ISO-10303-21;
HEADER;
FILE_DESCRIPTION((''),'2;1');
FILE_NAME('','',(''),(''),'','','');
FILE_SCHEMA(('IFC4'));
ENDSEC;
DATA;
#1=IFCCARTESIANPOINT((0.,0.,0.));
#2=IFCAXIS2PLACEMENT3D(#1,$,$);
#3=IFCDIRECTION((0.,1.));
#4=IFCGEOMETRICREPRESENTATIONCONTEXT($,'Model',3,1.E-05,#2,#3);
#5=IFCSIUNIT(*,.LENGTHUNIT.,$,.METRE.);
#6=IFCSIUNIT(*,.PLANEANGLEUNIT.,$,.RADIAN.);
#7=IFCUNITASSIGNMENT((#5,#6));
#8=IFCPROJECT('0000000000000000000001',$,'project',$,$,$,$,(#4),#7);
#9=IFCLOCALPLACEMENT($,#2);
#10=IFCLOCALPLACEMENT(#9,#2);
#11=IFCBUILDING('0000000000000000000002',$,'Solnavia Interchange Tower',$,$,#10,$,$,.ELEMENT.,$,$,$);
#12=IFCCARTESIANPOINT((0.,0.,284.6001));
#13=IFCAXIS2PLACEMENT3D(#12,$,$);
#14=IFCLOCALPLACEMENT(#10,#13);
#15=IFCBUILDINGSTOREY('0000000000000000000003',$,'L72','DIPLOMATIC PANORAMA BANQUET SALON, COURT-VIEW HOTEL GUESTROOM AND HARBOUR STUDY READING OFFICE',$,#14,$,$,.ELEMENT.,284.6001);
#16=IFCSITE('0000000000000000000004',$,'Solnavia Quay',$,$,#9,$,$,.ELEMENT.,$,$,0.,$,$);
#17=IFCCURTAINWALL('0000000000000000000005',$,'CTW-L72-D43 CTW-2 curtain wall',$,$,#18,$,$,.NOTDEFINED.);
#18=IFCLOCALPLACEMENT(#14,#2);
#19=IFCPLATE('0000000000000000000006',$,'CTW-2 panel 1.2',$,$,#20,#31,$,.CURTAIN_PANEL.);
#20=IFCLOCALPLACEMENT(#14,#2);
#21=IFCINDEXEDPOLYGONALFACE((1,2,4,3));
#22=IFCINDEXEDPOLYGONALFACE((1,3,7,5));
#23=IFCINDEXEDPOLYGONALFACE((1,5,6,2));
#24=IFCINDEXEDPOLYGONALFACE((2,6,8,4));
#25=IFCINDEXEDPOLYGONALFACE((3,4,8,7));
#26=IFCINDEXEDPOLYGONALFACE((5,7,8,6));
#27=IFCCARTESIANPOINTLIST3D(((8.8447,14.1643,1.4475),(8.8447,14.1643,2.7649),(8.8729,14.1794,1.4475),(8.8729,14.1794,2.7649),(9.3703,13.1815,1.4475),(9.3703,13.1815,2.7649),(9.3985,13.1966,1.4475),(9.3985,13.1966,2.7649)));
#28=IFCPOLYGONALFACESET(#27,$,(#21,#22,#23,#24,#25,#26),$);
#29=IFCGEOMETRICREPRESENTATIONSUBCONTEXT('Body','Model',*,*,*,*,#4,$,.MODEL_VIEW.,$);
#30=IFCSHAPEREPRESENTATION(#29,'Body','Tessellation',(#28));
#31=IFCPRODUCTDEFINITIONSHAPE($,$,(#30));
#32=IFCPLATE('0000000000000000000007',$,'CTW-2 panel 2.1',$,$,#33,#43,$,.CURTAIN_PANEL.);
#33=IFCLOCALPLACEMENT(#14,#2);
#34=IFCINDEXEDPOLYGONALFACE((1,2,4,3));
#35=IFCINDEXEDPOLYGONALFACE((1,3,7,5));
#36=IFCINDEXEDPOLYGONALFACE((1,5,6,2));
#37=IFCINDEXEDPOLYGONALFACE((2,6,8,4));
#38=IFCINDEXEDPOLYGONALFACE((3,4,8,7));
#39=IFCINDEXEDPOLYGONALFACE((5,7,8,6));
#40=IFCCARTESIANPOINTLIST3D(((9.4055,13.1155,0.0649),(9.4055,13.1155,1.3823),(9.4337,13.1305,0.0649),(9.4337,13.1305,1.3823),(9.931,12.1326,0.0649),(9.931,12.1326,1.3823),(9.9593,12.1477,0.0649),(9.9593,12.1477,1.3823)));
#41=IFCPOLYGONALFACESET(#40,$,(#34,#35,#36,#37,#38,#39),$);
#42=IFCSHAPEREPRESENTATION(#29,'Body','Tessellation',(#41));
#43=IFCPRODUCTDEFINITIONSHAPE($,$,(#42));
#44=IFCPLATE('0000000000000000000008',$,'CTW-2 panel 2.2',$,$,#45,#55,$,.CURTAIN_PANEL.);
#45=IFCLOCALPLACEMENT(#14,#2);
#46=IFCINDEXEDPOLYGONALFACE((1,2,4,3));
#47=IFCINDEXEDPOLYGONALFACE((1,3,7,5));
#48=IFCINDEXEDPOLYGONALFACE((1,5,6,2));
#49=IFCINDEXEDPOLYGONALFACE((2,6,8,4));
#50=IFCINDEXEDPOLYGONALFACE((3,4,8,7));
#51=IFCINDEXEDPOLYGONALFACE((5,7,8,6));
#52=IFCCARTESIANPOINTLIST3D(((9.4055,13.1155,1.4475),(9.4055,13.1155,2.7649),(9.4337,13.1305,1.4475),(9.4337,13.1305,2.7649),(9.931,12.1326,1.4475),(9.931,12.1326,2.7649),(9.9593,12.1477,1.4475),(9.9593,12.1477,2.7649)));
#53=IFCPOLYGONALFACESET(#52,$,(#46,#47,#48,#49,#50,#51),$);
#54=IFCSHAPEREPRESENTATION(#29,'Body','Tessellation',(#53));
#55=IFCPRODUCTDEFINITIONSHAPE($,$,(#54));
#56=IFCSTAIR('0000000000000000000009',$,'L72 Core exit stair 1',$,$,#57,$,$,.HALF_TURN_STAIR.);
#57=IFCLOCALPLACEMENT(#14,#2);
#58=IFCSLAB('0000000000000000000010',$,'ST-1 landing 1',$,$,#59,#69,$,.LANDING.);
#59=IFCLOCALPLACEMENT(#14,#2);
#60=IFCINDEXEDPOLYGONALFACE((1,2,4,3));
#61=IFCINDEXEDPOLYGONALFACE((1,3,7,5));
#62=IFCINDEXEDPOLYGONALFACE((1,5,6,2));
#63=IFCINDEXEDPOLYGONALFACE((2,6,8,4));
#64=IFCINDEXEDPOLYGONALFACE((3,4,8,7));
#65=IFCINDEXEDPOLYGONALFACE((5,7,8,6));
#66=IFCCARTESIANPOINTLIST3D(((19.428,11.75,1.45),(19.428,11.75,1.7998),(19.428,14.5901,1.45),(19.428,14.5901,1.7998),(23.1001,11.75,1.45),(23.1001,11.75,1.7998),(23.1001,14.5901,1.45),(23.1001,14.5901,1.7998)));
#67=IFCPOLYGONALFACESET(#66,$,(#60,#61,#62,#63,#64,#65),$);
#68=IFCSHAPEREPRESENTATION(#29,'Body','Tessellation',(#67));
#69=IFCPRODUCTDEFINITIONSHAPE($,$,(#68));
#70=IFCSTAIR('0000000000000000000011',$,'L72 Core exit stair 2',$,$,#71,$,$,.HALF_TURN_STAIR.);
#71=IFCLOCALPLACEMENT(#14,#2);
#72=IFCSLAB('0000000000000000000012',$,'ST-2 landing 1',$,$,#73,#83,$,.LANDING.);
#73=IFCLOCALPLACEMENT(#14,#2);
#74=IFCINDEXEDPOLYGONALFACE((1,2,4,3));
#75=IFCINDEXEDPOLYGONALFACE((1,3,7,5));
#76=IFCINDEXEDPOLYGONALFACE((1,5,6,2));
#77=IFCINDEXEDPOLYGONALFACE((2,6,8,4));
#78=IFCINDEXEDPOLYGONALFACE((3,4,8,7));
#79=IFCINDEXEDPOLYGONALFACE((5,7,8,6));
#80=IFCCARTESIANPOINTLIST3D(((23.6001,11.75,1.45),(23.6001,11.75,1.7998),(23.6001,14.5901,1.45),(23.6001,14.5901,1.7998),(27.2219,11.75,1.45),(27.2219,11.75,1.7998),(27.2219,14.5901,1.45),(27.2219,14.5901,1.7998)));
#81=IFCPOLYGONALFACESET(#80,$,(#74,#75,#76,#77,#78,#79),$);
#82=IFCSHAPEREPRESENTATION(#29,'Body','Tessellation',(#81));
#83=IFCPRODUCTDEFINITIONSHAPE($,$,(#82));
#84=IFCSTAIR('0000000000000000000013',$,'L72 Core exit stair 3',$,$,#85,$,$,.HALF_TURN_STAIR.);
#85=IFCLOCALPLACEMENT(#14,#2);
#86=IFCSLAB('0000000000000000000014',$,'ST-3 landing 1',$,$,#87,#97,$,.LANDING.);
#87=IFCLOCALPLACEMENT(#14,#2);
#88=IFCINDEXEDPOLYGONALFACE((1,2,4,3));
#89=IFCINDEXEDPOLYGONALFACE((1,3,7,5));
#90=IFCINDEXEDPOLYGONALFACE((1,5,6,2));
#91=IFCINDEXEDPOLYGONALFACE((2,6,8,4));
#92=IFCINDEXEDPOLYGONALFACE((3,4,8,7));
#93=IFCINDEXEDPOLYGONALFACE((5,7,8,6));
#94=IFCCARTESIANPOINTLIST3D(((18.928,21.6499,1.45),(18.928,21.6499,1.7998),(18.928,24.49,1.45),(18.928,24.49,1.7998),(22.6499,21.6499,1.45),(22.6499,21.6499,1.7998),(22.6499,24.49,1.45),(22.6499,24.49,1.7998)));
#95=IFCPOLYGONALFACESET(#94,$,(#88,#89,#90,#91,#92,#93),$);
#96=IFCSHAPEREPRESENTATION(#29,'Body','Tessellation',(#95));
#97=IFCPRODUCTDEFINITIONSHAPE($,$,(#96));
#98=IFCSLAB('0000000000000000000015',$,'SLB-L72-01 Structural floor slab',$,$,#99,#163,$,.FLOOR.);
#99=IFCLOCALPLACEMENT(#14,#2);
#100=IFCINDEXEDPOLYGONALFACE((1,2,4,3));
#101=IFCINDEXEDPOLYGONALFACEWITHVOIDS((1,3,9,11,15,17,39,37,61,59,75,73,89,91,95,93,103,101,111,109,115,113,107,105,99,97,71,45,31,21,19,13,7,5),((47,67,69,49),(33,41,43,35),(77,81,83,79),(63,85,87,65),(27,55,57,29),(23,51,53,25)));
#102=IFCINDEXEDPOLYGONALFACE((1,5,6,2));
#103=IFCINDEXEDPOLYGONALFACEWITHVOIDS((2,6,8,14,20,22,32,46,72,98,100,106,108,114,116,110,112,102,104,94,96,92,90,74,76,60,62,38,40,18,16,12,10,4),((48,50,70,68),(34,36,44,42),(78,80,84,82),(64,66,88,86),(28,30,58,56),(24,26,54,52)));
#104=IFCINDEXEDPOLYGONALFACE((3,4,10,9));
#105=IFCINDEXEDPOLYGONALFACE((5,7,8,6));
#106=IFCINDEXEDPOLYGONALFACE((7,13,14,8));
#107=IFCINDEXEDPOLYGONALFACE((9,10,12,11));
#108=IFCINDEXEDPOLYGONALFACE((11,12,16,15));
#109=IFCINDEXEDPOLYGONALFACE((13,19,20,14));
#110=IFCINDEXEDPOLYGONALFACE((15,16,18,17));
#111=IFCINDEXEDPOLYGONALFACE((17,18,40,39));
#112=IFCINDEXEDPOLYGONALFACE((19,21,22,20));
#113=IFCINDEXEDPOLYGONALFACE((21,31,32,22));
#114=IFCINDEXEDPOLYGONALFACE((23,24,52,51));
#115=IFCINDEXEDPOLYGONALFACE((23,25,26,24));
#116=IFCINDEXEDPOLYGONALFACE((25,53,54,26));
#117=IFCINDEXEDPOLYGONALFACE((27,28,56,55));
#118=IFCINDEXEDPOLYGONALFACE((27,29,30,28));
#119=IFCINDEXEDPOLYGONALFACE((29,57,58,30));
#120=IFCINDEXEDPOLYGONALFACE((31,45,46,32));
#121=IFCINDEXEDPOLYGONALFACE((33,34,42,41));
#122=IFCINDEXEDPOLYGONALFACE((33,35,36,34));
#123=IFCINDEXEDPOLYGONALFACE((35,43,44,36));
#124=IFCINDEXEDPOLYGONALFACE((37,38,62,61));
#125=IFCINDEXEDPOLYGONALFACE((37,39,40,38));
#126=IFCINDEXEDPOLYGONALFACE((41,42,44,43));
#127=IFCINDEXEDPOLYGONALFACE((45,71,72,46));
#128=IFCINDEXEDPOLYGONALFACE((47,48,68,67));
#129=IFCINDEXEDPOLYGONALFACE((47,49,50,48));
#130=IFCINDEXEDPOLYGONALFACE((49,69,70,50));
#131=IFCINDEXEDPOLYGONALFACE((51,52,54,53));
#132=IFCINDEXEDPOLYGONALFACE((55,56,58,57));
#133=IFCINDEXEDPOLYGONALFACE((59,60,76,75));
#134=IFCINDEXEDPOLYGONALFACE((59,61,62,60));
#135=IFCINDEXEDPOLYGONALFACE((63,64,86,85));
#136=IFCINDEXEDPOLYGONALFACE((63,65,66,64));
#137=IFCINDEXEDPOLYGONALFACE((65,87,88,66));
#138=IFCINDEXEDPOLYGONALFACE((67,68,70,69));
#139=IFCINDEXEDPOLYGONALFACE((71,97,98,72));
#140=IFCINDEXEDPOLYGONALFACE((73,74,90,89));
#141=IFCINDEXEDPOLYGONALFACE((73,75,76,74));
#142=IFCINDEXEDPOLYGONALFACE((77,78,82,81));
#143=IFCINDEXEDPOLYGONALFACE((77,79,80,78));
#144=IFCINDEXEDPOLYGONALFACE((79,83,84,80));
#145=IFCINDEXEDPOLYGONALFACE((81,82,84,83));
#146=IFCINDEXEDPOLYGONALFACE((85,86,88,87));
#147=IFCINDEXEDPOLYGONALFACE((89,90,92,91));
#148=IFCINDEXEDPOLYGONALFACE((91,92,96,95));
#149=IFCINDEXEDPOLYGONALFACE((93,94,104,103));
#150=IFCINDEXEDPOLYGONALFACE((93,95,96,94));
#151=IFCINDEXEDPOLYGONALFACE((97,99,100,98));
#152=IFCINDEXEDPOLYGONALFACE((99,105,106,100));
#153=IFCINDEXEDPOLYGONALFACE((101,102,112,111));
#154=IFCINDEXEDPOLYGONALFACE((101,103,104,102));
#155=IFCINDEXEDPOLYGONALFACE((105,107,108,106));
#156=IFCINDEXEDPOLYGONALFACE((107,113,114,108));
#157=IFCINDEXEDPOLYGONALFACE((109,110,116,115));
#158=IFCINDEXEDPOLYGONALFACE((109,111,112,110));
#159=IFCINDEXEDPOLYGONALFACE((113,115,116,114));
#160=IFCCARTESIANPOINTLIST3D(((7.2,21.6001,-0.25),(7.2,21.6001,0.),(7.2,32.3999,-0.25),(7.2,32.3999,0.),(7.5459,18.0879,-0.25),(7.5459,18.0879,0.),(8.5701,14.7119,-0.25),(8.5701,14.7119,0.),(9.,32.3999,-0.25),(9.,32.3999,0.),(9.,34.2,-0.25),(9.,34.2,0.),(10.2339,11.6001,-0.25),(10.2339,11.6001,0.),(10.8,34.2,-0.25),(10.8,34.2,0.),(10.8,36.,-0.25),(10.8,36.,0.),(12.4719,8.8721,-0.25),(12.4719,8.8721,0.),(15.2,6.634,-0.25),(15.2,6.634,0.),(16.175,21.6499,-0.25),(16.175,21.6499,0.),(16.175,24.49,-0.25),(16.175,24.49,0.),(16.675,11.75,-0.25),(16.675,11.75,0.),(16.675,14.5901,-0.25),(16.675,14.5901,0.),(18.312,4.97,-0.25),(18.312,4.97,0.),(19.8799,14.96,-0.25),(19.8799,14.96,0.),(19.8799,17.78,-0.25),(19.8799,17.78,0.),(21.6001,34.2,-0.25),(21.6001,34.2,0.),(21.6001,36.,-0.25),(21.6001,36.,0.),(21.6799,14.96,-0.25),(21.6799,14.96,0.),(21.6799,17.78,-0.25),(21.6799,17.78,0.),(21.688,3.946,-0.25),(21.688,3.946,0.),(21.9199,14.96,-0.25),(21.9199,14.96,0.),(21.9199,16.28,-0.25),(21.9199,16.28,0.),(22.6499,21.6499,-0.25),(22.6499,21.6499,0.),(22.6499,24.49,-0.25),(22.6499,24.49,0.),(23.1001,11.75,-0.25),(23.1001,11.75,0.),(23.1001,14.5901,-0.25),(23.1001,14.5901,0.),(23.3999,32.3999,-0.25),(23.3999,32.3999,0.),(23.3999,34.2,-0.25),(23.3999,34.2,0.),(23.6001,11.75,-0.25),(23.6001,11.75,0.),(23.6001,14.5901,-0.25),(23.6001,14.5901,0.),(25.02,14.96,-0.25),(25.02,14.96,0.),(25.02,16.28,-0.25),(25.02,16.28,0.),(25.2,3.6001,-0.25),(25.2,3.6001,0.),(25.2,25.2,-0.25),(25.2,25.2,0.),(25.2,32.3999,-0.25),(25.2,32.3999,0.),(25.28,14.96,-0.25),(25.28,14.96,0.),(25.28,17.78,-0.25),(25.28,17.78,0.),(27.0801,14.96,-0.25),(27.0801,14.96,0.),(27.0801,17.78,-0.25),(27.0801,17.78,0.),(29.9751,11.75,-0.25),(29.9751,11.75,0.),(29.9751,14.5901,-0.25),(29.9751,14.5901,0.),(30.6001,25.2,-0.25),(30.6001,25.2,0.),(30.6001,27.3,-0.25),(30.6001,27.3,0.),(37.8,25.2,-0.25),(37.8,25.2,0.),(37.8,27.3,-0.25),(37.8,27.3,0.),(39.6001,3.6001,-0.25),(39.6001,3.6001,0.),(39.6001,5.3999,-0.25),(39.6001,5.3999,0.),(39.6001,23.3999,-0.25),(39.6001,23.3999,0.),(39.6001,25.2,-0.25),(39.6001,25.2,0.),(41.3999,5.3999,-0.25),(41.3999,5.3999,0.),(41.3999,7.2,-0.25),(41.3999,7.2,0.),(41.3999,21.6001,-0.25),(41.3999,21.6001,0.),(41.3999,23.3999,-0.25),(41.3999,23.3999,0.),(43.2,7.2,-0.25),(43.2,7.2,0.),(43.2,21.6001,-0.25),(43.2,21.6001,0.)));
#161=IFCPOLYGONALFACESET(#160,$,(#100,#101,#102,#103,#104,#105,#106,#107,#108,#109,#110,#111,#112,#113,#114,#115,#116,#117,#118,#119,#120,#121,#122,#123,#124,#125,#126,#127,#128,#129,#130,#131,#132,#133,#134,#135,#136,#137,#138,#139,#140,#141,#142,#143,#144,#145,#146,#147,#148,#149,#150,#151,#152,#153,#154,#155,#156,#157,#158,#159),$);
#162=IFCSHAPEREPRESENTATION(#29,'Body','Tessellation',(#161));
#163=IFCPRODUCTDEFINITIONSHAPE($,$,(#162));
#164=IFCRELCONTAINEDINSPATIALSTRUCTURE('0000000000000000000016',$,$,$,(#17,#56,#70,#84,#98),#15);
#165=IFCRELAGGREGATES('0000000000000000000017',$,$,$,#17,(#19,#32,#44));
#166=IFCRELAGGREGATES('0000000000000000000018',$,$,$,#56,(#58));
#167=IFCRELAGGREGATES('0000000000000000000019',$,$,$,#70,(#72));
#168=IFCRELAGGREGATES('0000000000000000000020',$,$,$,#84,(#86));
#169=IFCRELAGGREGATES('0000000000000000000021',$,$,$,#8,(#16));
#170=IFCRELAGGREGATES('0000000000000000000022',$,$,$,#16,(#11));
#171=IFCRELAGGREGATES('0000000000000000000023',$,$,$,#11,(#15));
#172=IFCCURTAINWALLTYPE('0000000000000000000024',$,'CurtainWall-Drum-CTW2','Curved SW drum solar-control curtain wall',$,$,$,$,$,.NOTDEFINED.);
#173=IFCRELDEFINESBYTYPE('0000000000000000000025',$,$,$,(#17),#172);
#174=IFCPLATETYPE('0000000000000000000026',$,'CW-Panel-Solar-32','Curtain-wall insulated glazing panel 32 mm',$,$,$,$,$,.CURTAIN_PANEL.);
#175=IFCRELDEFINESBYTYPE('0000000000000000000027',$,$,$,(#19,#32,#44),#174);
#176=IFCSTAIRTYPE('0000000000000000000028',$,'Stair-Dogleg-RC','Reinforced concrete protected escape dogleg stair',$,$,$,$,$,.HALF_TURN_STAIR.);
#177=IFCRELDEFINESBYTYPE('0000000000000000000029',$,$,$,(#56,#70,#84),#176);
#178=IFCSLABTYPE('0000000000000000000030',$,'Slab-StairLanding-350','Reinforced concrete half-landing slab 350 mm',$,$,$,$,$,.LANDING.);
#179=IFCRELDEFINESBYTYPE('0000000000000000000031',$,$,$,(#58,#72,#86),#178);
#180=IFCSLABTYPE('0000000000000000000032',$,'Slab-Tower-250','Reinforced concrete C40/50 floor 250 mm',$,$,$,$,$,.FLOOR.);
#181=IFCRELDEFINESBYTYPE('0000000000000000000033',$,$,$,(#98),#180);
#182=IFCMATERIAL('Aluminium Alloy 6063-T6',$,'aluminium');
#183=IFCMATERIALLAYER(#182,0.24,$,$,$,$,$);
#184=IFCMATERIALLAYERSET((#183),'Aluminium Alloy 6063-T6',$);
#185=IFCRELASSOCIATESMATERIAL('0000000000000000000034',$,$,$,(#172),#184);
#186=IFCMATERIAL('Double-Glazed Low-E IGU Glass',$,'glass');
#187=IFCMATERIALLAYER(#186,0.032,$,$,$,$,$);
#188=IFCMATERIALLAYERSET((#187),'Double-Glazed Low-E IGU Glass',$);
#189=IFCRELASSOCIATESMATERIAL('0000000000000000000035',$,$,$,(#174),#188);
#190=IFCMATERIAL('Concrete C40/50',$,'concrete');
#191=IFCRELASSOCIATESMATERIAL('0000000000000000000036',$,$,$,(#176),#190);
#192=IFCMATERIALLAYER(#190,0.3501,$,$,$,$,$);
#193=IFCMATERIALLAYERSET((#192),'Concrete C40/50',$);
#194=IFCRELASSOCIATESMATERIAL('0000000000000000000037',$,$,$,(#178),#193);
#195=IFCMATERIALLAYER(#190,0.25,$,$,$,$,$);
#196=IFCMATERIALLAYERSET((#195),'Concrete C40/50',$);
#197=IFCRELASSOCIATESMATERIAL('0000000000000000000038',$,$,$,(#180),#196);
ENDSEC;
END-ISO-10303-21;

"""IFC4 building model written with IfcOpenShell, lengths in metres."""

from ifc_helpers import new_model, si_unit, direction, frame, origin, origin_2d, place, context, subcontext, project, spatial, polyline, rectangle, outline, extrude, material, layer, layer_set, type_object, element, aggregate, save


model = new_model("IFC4")

# Units and contexts
model_context = context("Model", 3, precision=1e-05, world=origin(), true_north=direction((0.0, 1.0)))
body_context = subcontext(model_context, "Body", "Model", "MODEL_VIEW")
ifc_project = project(units=[si_unit("LENGTHUNIT", "METRE"), si_unit("PLANEANGLEUNIT", "RADIAN")], contexts=[model_context])

# Site, building, storey
site_placement = place(None, origin())
site = spatial("IfcSite", under=ifc_project, at=site_placement, Name="Solnavia Quay", CompositionType="ELEMENT", RefElevation=0.0)
building_placement = place(site_placement, origin())
building = spatial("IfcBuilding", under=site, at=building_placement, Name="Solnavia Interchange Tower", CompositionType="ELEMENT")
storey_placement = place(building_placement, frame((0.0, 0.0, 284.6001)))
storey = spatial("IfcBuildingStorey", under=building, at=storey_placement, Name="L72", Description="DIPLOMATIC PANORAMA BANQUET SALON, COURT-VIEW HOTEL GUESTROOM AND HARBOUR STUDY READING OFFICE", CompositionType="ELEMENT", Elevation=284.6001)

# Curtain wall
ifc_material_1 = material(Name="Aluminium Alloy 6063-T6", Category="aluminium")
ifc_layer_1 = layer(ifc_material_1, 0.24)
ifc_layer_set_1 = layer_set([ifc_layer_1], Name="Aluminium Alloy 6063-T6")
curtain_wall_type = type_object("IfcCurtainWallType", Name="CurtainWall-Drum-CTW2", Description="Curved SW drum solar-control curtain wall", PredefinedType="NOTDEFINED", material=ifc_layer_set_1)
curtain_wall_1_placement = place(storey_placement, origin())
curtain_wall_1 = element("IfcCurtainWall", 1, at=curtain_wall_1_placement, inside=storey, type_object=curtain_wall_type, Name="CTW-L72-D43 CTW-2 curtain wall", PredefinedType="NOTDEFINED")

# Plates
ifc_material_2 = material(Name="Double-Glazed Low-E IGU Glass", Category="glass")
ifc_layer_2 = layer(ifc_material_2, 0.032)
ifc_layer_set_2 = layer_set([ifc_layer_2], Name="Double-Glazed Low-E IGU Glass")
plate_type = type_object("IfcPlateType", Name="CW-Panel-Solar-32", Description="Curtain-wall insulated glazing panel 32 mm", PredefinedType="CURTAIN_PANEL", material=ifc_layer_set_2)
plate_1_placement = place(storey_placement, frame((9.1216, 13.6804, 1.4475), z_axis=(0.0, 0.0, 1.0), x_axis=(0.471561, -0.881834, 0.0)))
plate_1 = element("IfcPlate", 2, at=plate_1_placement, type_object=plate_type, Name="CTW-2 panel 1.2", PredefinedType="CURTAIN_PANEL", context=body_context, shape_type="SweptSolid", body=[
    extrude(rectangle(XDim=1.1145, YDim=0.032, at=origin_2d()), origin(), (0.0, 0.0, 1.0), 1.3174),
])
plate_2_placement = place(storey_placement, frame((9.6824, 12.6316, 0.0649), z_axis=(0.0, 0.0, 1.0), x_axis=(0.471561, -0.881834, 0.0)))
plate_2 = element("IfcPlate", 3, at=plate_2_placement, type_object=plate_type, Name="CTW-2 panel 2.1", PredefinedType="CURTAIN_PANEL", context=body_context, shape_type="SweptSolid", body=[
    extrude(rectangle(XDim=1.1145, YDim=0.032, at=origin_2d()), origin(), (0.0, 0.0, 1.0), 1.3174),
])
plate_3_placement = place(storey_placement, frame((9.6824, 12.6316, 1.4475), z_axis=(0.0, 0.0, 1.0), x_axis=(0.471561, -0.881834, 0.0)))
plate_3 = element("IfcPlate", 4, at=plate_3_placement, type_object=plate_type, Name="CTW-2 panel 2.2", PredefinedType="CURTAIN_PANEL", context=body_context, shape_type="SweptSolid", body=[
    extrude(rectangle(XDim=1.1145, YDim=0.032, at=origin_2d()), origin(), (0.0, 0.0, 1.0), 1.3174),
])
aggregate(curtain_wall_1, [plate_1, plate_2, plate_3])

# Stairs, slabs
ifc_material_3 = material(Name="Concrete C40/50", Category="concrete")
stair_type = type_object("IfcStairType", Name="Stair-Dogleg-RC", Description="Reinforced concrete protected escape dogleg stair", PredefinedType="HALF_TURN_STAIR", material=ifc_material_3)
stair_1_placement = place(storey_placement, origin())
stair_1 = element("IfcStair", 5, at=stair_1_placement, inside=storey, type_object=stair_type, Name="L72 Core exit stair 1", PredefinedType="HALF_TURN_STAIR")
ifc_layer_3 = layer(ifc_material_3, 0.3501)
ifc_layer_set_3 = layer_set([ifc_layer_3], Name="Concrete C40/50")
slab_type_1 = type_object("IfcSlabType", Name="Slab-StairLanding-350", Description="Reinforced concrete half-landing slab 350 mm", PredefinedType="LANDING", material=ifc_layer_set_3)
slab_1_placement = place(storey_placement, frame((0.0, 0.0, 1.45)))
slab_1 = element("IfcSlab", 6, at=slab_1_placement, type_object=slab_type_1, Name="ST-1 landing 1", PredefinedType="LANDING", context=body_context, shape_type="SweptSolid", body=[
    extrude(outline(polyline([(19.428, 11.75), (23.1001, 11.75), (23.1001, 14.5901), (19.428, 14.5901), (19.428, 11.75)])), origin(), (0.0, 0.0, 1.0), 0.3499),
])
aggregate(stair_1, [slab_1])
stair_2_placement = place(storey_placement, origin())
stair_2 = element("IfcStair", 7, at=stair_2_placement, inside=storey, type_object=stair_type, Name="L72 Core exit stair 2", PredefinedType="HALF_TURN_STAIR")
slab_2_placement = place(storey_placement, frame((0.0, 0.0, 1.45)))
slab_2 = element("IfcSlab", 8, at=slab_2_placement, type_object=slab_type_1, Name="ST-2 landing 1", PredefinedType="LANDING", context=body_context, shape_type="SweptSolid", body=[
    extrude(outline(polyline([(23.6001, 11.75), (27.2219, 11.75), (27.2219, 14.5901), (23.6001, 14.5901), (23.6001, 11.75)])), origin(), (0.0, 0.0, 1.0), 0.3499),
])
aggregate(stair_2, [slab_2])
stair_3_placement = place(storey_placement, origin())
stair_3 = element("IfcStair", 9, at=stair_3_placement, inside=storey, type_object=stair_type, Name="L72 Core exit stair 3", PredefinedType="HALF_TURN_STAIR")
slab_3_placement = place(storey_placement, frame((0.0, 0.0, 1.45)))
slab_3 = element("IfcSlab", 10, at=slab_3_placement, type_object=slab_type_1, Name="ST-3 landing 1", PredefinedType="LANDING", context=body_context, shape_type="SweptSolid", body=[
    extrude(outline(polyline([(18.928, 21.6499), (22.6499, 21.6499), (22.6499, 24.49), (18.928, 24.49), (18.928, 21.6499)])), origin(), (0.0, 0.0, 1.0), 0.3499),
])
aggregate(stair_3, [slab_3])

# Slab
ifc_layer_4 = layer(ifc_material_3, 0.25)
ifc_layer_set_4 = layer_set([ifc_layer_4], Name="Concrete C40/50")
slab_type_2 = type_object("IfcSlabType", Name="Slab-Tower-250", Description="Reinforced concrete C40/50 floor 250 mm", PredefinedType="FLOOR", material=ifc_layer_set_4)
slab_4_placement = place(storey_placement, frame((0.0, 0.0, -0.25)))
element("IfcSlab", 11, at=slab_4_placement, inside=storey, type_object=slab_type_2, Name="SLB-L72-01 Structural floor slab", PredefinedType="FLOOR", context=body_context, shape_type="SweptSolid", body=[
    extrude(outline(polyline([(25.2, 3.6001), (39.6001, 3.6001), (39.6001, 5.3999), (41.3999, 5.3999), (41.3999, 7.2), (43.2, 7.2), (43.2, 21.6001), (41.3999, 21.6001), (41.3999, 23.3999), (39.6001, 23.3999), (39.6001, 25.2), (37.8, 25.2), (37.8, 27.3), (30.6001, 27.3), (30.6001, 25.2), (25.2, 25.2), (25.2, 32.3999), (23.3999, 32.3999), (23.3999, 34.2), (21.6001, 34.2), (21.6001, 36.0), (10.8, 36.0), (10.8, 34.2), (9.0, 34.2), (9.0, 32.3999), (7.2, 32.3999), (7.2, 21.6001), (7.5459, 18.0879), (8.5701, 14.7119), (10.2339, 11.6001), (12.4719, 8.8721), (15.2, 6.634), (18.312, 4.97), (21.688, 3.946), (25.2, 3.6001)]), holes=[polyline([(16.675, 11.75), (23.1001, 11.75), (23.1001, 14.5901), (16.675, 14.5901), (16.675, 11.75)]), polyline([(23.6001, 11.75), (29.9751, 11.75), (29.9751, 14.5901), (23.6001, 14.5901), (23.6001, 11.75)]), polyline([(16.175, 21.6499), (22.6499, 21.6499), (22.6499, 24.49), (16.175, 24.49), (16.175, 21.6499)]), polyline([(19.8799, 14.96), (21.6799, 14.96), (21.6799, 17.78), (19.8799, 17.78), (19.8799, 14.96)]), polyline([(25.28, 14.96), (27.0801, 14.96), (27.0801, 17.78), (25.28, 17.78), (25.28, 14.96)]), polyline([(21.9199, 14.96), (25.02, 14.96), (25.02, 16.28), (21.9199, 16.28), (21.9199, 14.96)])]), origin(), (0.0, 0.0, 1.0), 0.25),
])

save(model, "model.ifc")
